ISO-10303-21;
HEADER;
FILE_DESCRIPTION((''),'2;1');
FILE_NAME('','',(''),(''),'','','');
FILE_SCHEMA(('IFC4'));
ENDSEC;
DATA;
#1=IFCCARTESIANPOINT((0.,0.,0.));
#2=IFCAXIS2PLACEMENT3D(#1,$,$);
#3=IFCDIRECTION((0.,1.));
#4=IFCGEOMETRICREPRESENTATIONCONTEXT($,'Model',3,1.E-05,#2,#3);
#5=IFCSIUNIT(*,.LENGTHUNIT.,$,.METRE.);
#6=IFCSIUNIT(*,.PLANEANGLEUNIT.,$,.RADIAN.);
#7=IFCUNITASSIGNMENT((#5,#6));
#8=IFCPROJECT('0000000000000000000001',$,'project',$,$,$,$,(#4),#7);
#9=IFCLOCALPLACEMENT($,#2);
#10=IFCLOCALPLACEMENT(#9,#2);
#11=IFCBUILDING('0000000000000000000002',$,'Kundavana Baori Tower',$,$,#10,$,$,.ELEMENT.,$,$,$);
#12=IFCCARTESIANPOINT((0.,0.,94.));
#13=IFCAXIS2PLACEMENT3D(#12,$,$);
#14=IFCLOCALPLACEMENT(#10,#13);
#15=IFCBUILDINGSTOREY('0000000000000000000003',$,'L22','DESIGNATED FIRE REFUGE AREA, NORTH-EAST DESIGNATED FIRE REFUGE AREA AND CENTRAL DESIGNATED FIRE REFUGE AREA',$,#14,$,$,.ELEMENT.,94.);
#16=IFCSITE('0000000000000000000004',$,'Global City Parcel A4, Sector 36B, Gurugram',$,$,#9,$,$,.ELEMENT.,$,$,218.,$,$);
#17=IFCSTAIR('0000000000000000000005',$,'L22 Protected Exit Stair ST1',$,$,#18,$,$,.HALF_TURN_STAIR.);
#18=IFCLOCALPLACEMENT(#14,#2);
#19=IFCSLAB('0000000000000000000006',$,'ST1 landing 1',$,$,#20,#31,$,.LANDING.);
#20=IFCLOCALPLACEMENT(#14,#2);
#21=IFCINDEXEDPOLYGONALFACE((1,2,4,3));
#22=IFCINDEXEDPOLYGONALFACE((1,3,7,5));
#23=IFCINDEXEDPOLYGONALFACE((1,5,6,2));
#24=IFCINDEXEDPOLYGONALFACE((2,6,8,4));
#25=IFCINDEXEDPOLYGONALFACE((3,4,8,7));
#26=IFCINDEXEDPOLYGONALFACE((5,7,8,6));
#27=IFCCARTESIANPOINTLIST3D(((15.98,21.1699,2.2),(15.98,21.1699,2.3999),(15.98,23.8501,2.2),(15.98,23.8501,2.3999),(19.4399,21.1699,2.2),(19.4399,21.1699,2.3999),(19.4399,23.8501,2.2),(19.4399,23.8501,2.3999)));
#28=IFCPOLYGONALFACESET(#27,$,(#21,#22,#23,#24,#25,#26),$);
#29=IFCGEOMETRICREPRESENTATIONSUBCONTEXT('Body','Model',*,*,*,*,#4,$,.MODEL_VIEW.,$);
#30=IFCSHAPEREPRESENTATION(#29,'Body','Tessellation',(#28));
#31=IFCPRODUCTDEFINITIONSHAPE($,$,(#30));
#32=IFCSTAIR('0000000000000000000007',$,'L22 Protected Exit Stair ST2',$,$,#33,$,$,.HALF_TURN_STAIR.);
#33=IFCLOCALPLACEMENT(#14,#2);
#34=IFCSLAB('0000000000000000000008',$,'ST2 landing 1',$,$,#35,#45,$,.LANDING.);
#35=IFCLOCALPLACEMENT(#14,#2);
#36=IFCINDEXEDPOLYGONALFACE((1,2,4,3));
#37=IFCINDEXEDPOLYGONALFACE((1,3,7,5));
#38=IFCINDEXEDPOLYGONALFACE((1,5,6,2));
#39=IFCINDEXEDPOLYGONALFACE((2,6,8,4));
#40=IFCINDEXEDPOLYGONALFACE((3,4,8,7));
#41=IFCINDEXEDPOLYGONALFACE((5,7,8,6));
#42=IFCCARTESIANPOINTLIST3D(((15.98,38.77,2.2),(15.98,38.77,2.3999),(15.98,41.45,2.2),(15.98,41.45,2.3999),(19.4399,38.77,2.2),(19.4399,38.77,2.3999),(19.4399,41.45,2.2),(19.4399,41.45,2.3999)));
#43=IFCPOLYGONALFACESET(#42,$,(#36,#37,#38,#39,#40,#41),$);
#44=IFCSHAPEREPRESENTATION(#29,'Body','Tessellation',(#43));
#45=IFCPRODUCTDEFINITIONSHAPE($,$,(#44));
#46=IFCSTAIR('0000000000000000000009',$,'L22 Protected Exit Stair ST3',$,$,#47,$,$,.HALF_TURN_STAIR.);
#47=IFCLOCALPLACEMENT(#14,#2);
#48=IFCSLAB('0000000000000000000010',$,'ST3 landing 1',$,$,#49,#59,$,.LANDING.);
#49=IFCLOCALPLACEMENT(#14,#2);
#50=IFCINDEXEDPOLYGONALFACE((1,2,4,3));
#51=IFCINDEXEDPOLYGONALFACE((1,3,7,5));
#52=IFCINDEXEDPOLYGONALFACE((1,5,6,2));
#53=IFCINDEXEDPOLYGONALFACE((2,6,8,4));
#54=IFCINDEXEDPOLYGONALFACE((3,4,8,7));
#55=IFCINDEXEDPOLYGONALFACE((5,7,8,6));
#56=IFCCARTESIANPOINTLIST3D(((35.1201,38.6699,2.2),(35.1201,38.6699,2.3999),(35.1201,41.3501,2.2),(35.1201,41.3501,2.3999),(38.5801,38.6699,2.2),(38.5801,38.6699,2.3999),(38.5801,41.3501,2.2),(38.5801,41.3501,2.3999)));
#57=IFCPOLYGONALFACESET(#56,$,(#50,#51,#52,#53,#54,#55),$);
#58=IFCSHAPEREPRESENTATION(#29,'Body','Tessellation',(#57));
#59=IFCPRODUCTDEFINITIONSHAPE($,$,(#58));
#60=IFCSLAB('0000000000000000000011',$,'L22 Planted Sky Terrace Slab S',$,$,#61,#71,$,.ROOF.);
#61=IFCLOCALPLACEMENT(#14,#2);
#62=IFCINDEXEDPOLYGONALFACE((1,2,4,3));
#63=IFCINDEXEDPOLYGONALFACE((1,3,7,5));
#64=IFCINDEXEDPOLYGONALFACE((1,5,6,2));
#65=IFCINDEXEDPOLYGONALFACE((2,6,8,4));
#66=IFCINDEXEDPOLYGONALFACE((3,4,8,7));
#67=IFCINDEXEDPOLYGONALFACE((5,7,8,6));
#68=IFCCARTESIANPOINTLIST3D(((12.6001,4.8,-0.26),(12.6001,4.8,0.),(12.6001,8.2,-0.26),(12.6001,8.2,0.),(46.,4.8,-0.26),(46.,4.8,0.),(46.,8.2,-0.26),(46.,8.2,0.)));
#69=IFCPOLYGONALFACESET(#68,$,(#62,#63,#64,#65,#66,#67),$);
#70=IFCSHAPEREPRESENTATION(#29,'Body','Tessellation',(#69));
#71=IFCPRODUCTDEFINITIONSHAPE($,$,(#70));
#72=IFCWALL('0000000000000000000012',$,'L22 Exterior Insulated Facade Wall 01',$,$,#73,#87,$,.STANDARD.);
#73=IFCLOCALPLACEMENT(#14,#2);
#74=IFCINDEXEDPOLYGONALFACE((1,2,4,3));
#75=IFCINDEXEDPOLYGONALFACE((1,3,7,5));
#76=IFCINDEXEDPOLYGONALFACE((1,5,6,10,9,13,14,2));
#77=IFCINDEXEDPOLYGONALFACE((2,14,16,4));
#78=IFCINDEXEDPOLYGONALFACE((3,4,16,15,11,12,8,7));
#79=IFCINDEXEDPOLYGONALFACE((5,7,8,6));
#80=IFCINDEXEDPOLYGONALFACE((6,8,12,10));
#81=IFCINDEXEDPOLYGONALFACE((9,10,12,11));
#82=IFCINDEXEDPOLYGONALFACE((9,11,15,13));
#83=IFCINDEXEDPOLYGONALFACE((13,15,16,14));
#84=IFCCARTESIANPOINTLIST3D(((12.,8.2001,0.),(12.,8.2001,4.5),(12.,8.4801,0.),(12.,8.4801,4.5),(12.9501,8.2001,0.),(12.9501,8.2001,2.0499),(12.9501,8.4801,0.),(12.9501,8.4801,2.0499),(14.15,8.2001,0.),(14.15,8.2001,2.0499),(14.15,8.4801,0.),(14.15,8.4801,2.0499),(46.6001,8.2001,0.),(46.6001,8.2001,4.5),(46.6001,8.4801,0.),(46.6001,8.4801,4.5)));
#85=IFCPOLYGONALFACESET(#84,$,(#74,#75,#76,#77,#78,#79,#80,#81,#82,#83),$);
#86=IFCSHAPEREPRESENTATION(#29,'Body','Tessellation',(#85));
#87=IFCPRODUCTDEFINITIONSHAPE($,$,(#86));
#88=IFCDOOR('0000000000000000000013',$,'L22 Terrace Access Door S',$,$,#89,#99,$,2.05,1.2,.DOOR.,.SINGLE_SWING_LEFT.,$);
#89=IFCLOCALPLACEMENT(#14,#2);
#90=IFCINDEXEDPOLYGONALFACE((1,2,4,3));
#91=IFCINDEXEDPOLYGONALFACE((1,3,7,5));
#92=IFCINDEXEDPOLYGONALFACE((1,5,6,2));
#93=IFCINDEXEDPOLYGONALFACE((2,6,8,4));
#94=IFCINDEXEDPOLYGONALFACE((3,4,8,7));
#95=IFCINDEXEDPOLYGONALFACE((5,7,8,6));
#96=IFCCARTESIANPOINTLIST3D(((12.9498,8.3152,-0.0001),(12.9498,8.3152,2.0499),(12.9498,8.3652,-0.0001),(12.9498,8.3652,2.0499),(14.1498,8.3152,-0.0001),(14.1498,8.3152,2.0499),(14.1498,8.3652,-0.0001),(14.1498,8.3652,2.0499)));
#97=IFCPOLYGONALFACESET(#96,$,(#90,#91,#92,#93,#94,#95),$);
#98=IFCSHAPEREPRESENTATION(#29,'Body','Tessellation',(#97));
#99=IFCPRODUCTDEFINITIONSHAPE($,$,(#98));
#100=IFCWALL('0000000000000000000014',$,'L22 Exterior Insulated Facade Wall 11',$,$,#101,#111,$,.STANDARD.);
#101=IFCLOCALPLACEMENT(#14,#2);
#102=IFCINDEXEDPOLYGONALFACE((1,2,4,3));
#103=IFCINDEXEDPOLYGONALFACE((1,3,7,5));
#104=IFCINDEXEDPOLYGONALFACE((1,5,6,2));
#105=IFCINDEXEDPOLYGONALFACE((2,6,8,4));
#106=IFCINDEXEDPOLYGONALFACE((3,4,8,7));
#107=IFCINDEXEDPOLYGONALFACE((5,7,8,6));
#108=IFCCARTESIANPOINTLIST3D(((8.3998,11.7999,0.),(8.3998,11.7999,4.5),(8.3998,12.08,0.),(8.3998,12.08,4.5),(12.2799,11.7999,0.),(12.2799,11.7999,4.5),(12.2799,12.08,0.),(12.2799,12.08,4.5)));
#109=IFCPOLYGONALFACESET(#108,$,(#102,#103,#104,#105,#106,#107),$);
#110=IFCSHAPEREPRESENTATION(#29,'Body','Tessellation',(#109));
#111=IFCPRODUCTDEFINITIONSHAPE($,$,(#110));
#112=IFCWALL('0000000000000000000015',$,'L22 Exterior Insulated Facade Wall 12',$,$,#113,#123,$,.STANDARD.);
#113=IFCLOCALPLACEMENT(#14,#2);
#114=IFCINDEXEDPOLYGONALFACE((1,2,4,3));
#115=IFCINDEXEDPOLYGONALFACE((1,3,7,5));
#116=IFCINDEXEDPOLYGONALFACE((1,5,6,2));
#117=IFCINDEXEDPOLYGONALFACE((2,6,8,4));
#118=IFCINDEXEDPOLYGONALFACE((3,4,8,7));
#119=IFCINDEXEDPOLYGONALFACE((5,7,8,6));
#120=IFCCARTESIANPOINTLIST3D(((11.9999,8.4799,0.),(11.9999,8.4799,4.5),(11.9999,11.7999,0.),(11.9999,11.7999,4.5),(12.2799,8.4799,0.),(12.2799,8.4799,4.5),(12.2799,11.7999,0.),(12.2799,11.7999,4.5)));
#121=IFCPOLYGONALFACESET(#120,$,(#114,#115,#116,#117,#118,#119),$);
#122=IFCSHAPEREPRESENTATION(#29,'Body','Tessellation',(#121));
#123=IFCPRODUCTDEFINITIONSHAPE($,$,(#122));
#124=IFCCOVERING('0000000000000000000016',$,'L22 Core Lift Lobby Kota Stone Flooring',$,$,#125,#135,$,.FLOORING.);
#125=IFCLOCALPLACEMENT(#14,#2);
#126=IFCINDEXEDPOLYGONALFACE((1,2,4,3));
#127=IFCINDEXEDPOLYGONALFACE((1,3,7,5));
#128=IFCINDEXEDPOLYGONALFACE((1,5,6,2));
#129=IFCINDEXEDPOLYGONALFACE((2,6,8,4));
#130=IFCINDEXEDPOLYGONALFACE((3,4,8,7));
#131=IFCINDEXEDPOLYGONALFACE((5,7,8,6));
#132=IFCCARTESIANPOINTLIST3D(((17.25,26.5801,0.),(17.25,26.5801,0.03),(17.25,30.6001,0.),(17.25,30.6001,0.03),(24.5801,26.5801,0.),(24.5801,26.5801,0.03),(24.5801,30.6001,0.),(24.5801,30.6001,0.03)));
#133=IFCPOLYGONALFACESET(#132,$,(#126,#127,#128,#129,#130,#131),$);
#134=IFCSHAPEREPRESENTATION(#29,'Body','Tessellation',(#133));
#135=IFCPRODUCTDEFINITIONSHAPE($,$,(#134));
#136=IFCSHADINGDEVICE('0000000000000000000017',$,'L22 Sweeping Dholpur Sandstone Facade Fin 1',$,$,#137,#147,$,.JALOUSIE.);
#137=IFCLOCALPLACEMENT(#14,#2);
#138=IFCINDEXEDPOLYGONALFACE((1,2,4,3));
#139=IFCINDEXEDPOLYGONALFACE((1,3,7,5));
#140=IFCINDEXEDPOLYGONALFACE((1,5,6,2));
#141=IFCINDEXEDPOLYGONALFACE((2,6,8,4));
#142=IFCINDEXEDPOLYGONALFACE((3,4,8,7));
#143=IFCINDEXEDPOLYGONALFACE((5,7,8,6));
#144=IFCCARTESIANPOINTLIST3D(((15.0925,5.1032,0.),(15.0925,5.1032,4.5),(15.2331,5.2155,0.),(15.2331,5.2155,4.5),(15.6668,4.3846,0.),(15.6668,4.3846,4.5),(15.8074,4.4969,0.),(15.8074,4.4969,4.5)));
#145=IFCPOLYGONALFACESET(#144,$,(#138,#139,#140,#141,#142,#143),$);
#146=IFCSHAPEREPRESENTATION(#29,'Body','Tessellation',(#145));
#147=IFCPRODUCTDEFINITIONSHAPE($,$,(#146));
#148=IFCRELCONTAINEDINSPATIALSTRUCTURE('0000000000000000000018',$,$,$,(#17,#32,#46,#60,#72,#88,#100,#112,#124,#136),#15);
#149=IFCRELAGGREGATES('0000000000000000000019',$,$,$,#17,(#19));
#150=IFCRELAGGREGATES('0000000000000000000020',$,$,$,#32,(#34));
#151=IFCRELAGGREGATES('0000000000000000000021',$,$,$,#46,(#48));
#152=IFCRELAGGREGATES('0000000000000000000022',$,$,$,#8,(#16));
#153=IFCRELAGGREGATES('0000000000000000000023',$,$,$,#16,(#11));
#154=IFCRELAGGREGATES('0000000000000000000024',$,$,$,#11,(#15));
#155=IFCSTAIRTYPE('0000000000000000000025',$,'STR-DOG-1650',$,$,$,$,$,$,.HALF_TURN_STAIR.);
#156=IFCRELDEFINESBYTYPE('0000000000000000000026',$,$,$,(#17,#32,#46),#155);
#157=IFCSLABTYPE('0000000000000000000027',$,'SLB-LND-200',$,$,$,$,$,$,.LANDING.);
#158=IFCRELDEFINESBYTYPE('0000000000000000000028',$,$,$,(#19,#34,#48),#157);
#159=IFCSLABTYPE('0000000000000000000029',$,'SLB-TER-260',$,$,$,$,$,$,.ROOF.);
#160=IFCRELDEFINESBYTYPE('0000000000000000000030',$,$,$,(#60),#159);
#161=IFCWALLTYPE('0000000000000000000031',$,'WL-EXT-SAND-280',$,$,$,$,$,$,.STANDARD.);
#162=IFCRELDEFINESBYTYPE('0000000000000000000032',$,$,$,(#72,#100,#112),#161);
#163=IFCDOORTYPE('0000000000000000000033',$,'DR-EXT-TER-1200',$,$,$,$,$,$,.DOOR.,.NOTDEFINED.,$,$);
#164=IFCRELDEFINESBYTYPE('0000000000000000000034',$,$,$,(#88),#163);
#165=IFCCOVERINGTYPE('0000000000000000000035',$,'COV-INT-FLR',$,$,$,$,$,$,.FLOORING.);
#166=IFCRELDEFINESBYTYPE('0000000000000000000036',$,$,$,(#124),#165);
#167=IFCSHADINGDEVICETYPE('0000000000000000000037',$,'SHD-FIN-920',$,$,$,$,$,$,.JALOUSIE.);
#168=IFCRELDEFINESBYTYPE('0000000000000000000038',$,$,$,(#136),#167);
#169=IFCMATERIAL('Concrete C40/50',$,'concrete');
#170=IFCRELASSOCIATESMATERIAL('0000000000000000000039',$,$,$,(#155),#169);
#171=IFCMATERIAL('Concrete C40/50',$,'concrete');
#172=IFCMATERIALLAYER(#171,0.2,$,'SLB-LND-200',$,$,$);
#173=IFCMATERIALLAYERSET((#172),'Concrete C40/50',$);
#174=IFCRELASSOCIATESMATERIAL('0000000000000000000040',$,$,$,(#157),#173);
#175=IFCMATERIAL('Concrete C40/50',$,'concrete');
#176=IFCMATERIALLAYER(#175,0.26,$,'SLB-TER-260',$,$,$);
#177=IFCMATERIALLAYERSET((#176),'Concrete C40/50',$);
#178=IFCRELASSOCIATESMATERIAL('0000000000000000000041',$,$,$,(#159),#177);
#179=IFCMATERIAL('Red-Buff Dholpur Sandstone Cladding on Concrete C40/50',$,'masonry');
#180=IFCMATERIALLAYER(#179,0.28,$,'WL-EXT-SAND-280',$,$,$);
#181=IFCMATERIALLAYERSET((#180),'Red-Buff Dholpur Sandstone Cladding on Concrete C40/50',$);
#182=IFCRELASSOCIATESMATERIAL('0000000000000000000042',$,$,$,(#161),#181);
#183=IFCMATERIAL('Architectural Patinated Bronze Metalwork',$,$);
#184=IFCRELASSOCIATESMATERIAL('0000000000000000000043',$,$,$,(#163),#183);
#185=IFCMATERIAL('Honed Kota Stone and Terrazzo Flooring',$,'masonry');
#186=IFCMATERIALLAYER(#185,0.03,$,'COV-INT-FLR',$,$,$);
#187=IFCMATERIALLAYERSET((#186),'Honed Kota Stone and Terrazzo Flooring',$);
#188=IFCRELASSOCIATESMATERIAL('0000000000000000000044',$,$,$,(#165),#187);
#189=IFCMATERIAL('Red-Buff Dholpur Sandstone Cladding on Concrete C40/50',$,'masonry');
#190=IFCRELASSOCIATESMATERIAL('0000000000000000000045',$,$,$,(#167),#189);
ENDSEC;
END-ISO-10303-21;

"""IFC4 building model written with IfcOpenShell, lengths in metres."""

from ifc_helpers import new_model, si_unit, direction, frame, frame_2d, origin, origin_2d, place, context, subcontext, project, spatial, polyline, rectangle, outline, extrude, material, layer, layer_set, type_object, element, fill, aggregate, save


model = new_model("IFC4")

# Units and contexts
model_context = context("Model", 3, precision=1e-05, world=origin(), true_north=direction((0.0, 1.0)))
body_context = subcontext(model_context, "Body", "Model", "MODEL_VIEW")
ifc_project = project(units=[si_unit("LENGTHUNIT", "METRE"), si_unit("PLANEANGLEUNIT", "RADIAN")], contexts=[model_context])

# Site, building, storey
site_placement = place(None, origin())
site = spatial("IfcSite", under=ifc_project, at=site_placement, Name="Global City Parcel A4, Sector 36B, Gurugram", CompositionType="ELEMENT", RefElevation=218.0)
building_placement = place(site_placement, origin())
building = spatial("IfcBuilding", under=site, at=building_placement, Name="Kundavana Baori Tower", CompositionType="ELEMENT")
storey_placement = place(building_placement, frame((0.0, 0.0, 94.0)))
storey = spatial("IfcBuildingStorey", under=building, at=storey_placement, Name="L22", Description="DESIGNATED FIRE REFUGE AREA, NORTH-EAST DESIGNATED FIRE REFUGE AREA AND CENTRAL DESIGNATED FIRE REFUGE AREA", CompositionType="ELEMENT", Elevation=94.0)

# Stairs, slabs
ifc_material_1 = material(Name="Concrete C40/50", Category="concrete")
stair_type = type_object("IfcStairType", Name="STR-DOG-1650", PredefinedType="HALF_TURN_STAIR", material=ifc_material_1)
stair_1_placement = place(storey_placement, origin())
stair_1 = element("IfcStair", 1, at=stair_1_placement, inside=storey, type_object=stair_type, Name="L22 Protected Exit Stair ST1", PredefinedType="HALF_TURN_STAIR")
ifc_material_2 = material(Name="Concrete C40/50", Category="concrete")
ifc_layer_1 = layer(ifc_material_2, 0.2, Name="SLB-LND-200")
ifc_layer_set_1 = layer_set([ifc_layer_1], Name="Concrete C40/50")
slab_type_1 = type_object("IfcSlabType", Name="SLB-LND-200", PredefinedType="LANDING", material=ifc_layer_set_1)
slab_1_placement = place(storey_placement, frame((0.0, 0.0, 2.2)))
slab_1 = element("IfcSlab", 2, at=slab_1_placement, type_object=slab_type_1, Name="ST1 landing 1", PredefinedType="LANDING", context=body_context, shape_type="SweptSolid", body=[
    extrude(outline(polyline([(19.4399, 21.1699), (19.4399, 23.8501), (15.98, 23.8501), (15.98, 21.1699), (19.4399, 21.1699)])), origin(), (0.0, 0.0, 1.0), 0.2),
])
aggregate(stair_1, [slab_1])
stair_2_placement = place(storey_placement, origin())
stair_2 = element("IfcStair", 3, at=stair_2_placement, inside=storey, type_object=stair_type, Name="L22 Protected Exit Stair ST2", PredefinedType="HALF_TURN_STAIR")
slab_2_placement = place(storey_placement, frame((0.0, 0.0, 2.2)))
slab_2 = element("IfcSlab", 4, at=slab_2_placement, type_object=slab_type_1, Name="ST2 landing 1", PredefinedType="LANDING", context=body_context, shape_type="SweptSolid", body=[
    extrude(outline(polyline([(19.4399, 38.77), (19.4399, 41.45), (15.98, 41.45), (15.98, 38.77), (19.4399, 38.77)])), origin(), (0.0, 0.0, 1.0), 0.2),
])
aggregate(stair_2, [slab_2])
stair_3_placement = place(storey_placement, origin())
stair_3 = element("IfcStair", 5, at=stair_3_placement, inside=storey, type_object=stair_type, Name="L22 Protected Exit Stair ST3", PredefinedType="HALF_TURN_STAIR")
slab_3_placement = place(storey_placement, frame((0.0, 0.0, 2.2)))
slab_3 = element("IfcSlab", 6, at=slab_3_placement, type_object=slab_type_1, Name="ST3 landing 1", PredefinedType="LANDING", context=body_context, shape_type="SweptSolid", body=[
    extrude(outline(polyline([(38.5801, 38.6699), (38.5801, 41.3501), (35.1201, 41.3501), (35.1201, 38.6699), (38.5801, 38.6699)])), origin(), (0.0, 0.0, 1.0), 0.2),
])
aggregate(stair_3, [slab_3])

# Slab
ifc_material_3 = material(Name="Concrete C40/50", Category="concrete")
ifc_layer_2 = layer(ifc_material_3, 0.26, Name="SLB-TER-260")
ifc_layer_set_2 = layer_set([ifc_layer_2], Name="Concrete C40/50")
slab_type_2 = type_object("IfcSlabType", Name="SLB-TER-260", PredefinedType="ROOF", material=ifc_layer_set_2)
slab_4_placement = place(storey_placement, frame((0.0, 0.0, -0.26)))
element("IfcSlab", 7, at=slab_4_placement, inside=storey, type_object=slab_type_2, Name="L22 Planted Sky Terrace Slab S", PredefinedType="ROOF", context=body_context, shape_type="SweptSolid", body=[
    extrude(outline(polyline([(12.6001, 8.2), (46.0, 8.2), (46.0, 4.8), (12.6001, 4.8), (12.6001, 8.2)])), origin(), (0.0, 0.0, 1.0), 0.26),
])

# Wall, opening, door
ifc_material_4 = material(Name="Red-Buff Dholpur Sandstone Cladding on Concrete C40/50", Category="masonry")
ifc_layer_3 = layer(ifc_material_4, 0.28, Name="WL-EXT-SAND-280")
ifc_layer_set_3 = layer_set([ifc_layer_3], Name="Red-Buff Dholpur Sandstone Cladding on Concrete C40/50")
wall_type = type_object("IfcWallType", Name="WL-EXT-SAND-280", PredefinedType="STANDARD", material=ifc_layer_set_3)
wall_1_placement = place(storey_placement, frame((12.0, 8.3401, 0.0), z_axis=(0.0, 0.0, 1.0), x_axis=(1.0, 0.0, 0.0)))
wall_1 = element("IfcWall", 8, at=wall_1_placement, inside=storey, type_object=wall_type, Name="L22 Exterior Insulated Facade Wall 01", PredefinedType="STANDARD", context=body_context, shape_type="SweptSolid", body=[
    extrude(rectangle(XDim=34.6001, YDim=0.28, at=frame_2d((17.3, 0.0))), origin(), (0.0, 0.0, 1.0), 4.5),
])
opening_placement = place(wall_1_placement, frame((0.95, 0.0, 0.0)))
opening = element("IfcOpeningElement", 9, at=opening_placement, cuts=wall_1, PredefinedType="OPENING", context=body_context, shape_type="SweptSolid", body=[
    extrude(rectangle(XDim=1.2, YDim=2.05, at=frame_2d((0.6001, 1.0249))), frame((0.0, 0.1499, 0.0), z_axis=(0.0, -1.0, 0.0), x_axis=(1.0, 0.0, 0.0)), (0.0, 0.0, 1.0), 0.3),
])
ifc_material_5 = material(Name="Architectural Patinated Bronze Metalwork")
door_type = type_object("IfcDoorType", Name="DR-EXT-TER-1200", OperationType="NOTDEFINED", PredefinedType="DOOR", material=ifc_material_5)
door_placement = place(opening_placement, frame((1.2, 0.0, 0.0), z_axis=(0.0, 0.0, 1.0), x_axis=(-1.0, 0.0, 0.0)))
door = element("IfcDoor", 10, at=door_placement, inside=storey, type_object=door_type, Name="L22 Terrace Access Door S", OperationType="SINGLE_SWING_LEFT", OverallHeight=2.05, OverallWidth=1.2, PredefinedType="DOOR", context=body_context, shape_type="SweptSolid", body=[
    extrude(rectangle(XDim=1.2, YDim=2.05, at=frame_2d((0.6001, 1.0249))), frame((0.0, 0.0249, 0.0), z_axis=(0.0, -1.0, 0.0), x_axis=(1.0, 0.0, 0.0)), (0.0, 0.0, 1.0), 0.05),
])
fill(opening, door)

# Walls
wall_2_placement = place(storey_placement, frame((8.3999, 11.9399, 0.0), z_axis=(0.0, 0.0, 1.0), x_axis=(1.0, 0.0, 0.0)))
element("IfcWall", 11, at=wall_2_placement, inside=storey, type_object=wall_type, Name="L22 Exterior Insulated Facade Wall 11", PredefinedType="STANDARD", context=body_context, shape_type="SweptSolid", body=[
    extrude(rectangle(XDim=3.8801, YDim=0.28, at=frame_2d((1.9399, 0.0))), origin(), (0.0, 0.0, 1.0), 4.5),
])
wall_3_placement = place(storey_placement, frame((12.1399, 11.8, 0.0), z_axis=(0.0, 0.0, 1.0), x_axis=(0.0, -1.0, 0.0)))
element("IfcWall", 12, at=wall_3_placement, inside=storey, type_object=wall_type, Name="L22 Exterior Insulated Facade Wall 12", PredefinedType="STANDARD", context=body_context, shape_type="SweptSolid", body=[
    extrude(rectangle(XDim=3.3201, YDim=0.28, at=frame_2d((1.6602, 0.0))), origin(), (0.0, 0.0, 1.0), 4.5),
])

# Covering
ifc_material_6 = material(Name="Honed Kota Stone and Terrazzo Flooring", Category="masonry")
ifc_layer_4 = layer(ifc_material_6, 0.03, Name="COV-INT-FLR")
ifc_layer_set_4 = layer_set([ifc_layer_4], Name="Honed Kota Stone and Terrazzo Flooring")
covering_type = type_object("IfcCoveringType", Name="COV-INT-FLR", PredefinedType="FLOORING", material=ifc_layer_set_4)
covering_placement = place(storey_placement, origin())
element("IfcCovering", 13, at=covering_placement, inside=storey, type_object=covering_type, Name="L22 Core Lift Lobby Kota Stone Flooring", PredefinedType="FLOORING", context=body_context, shape_type="SweptSolid", body=[
    extrude(outline(polyline([(17.25, 26.5801), (24.5801, 26.5801), (24.5801, 30.6001), (17.25, 30.6001), (17.25, 26.5801)])), origin(), (0.0, 0.0, 1.0), 0.03),
])

# Shading device
ifc_material_7 = material(Name="Red-Buff Dholpur Sandstone Cladding on Concrete C40/50", Category="masonry")
shading_device_type = type_object("IfcShadingDeviceType", Name="SHD-FIN-920", PredefinedType="JALOUSIE", material=ifc_material_7)
shading_device_placement = place(storey_placement, frame((15.45, 4.8, 0.0), z_axis=(0.0, 0.0, 1.0), x_axis=(0.781194, 0.624289, 0.0)))
element("IfcShadingDevice", 14, at=shading_device_placement, inside=storey, type_object=shading_device_type, Name="L22 Sweeping Dholpur Sandstone Facade Fin 1", PredefinedType="JALOUSIE", context=body_context, shape_type="SweptSolid", body=[
    extrude(rectangle(XDim=0.1799, YDim=0.9199, at=origin_2d()), origin(), (0.0, 0.0, 1.0), 4.5),
])

save(model, "model.ifc")
